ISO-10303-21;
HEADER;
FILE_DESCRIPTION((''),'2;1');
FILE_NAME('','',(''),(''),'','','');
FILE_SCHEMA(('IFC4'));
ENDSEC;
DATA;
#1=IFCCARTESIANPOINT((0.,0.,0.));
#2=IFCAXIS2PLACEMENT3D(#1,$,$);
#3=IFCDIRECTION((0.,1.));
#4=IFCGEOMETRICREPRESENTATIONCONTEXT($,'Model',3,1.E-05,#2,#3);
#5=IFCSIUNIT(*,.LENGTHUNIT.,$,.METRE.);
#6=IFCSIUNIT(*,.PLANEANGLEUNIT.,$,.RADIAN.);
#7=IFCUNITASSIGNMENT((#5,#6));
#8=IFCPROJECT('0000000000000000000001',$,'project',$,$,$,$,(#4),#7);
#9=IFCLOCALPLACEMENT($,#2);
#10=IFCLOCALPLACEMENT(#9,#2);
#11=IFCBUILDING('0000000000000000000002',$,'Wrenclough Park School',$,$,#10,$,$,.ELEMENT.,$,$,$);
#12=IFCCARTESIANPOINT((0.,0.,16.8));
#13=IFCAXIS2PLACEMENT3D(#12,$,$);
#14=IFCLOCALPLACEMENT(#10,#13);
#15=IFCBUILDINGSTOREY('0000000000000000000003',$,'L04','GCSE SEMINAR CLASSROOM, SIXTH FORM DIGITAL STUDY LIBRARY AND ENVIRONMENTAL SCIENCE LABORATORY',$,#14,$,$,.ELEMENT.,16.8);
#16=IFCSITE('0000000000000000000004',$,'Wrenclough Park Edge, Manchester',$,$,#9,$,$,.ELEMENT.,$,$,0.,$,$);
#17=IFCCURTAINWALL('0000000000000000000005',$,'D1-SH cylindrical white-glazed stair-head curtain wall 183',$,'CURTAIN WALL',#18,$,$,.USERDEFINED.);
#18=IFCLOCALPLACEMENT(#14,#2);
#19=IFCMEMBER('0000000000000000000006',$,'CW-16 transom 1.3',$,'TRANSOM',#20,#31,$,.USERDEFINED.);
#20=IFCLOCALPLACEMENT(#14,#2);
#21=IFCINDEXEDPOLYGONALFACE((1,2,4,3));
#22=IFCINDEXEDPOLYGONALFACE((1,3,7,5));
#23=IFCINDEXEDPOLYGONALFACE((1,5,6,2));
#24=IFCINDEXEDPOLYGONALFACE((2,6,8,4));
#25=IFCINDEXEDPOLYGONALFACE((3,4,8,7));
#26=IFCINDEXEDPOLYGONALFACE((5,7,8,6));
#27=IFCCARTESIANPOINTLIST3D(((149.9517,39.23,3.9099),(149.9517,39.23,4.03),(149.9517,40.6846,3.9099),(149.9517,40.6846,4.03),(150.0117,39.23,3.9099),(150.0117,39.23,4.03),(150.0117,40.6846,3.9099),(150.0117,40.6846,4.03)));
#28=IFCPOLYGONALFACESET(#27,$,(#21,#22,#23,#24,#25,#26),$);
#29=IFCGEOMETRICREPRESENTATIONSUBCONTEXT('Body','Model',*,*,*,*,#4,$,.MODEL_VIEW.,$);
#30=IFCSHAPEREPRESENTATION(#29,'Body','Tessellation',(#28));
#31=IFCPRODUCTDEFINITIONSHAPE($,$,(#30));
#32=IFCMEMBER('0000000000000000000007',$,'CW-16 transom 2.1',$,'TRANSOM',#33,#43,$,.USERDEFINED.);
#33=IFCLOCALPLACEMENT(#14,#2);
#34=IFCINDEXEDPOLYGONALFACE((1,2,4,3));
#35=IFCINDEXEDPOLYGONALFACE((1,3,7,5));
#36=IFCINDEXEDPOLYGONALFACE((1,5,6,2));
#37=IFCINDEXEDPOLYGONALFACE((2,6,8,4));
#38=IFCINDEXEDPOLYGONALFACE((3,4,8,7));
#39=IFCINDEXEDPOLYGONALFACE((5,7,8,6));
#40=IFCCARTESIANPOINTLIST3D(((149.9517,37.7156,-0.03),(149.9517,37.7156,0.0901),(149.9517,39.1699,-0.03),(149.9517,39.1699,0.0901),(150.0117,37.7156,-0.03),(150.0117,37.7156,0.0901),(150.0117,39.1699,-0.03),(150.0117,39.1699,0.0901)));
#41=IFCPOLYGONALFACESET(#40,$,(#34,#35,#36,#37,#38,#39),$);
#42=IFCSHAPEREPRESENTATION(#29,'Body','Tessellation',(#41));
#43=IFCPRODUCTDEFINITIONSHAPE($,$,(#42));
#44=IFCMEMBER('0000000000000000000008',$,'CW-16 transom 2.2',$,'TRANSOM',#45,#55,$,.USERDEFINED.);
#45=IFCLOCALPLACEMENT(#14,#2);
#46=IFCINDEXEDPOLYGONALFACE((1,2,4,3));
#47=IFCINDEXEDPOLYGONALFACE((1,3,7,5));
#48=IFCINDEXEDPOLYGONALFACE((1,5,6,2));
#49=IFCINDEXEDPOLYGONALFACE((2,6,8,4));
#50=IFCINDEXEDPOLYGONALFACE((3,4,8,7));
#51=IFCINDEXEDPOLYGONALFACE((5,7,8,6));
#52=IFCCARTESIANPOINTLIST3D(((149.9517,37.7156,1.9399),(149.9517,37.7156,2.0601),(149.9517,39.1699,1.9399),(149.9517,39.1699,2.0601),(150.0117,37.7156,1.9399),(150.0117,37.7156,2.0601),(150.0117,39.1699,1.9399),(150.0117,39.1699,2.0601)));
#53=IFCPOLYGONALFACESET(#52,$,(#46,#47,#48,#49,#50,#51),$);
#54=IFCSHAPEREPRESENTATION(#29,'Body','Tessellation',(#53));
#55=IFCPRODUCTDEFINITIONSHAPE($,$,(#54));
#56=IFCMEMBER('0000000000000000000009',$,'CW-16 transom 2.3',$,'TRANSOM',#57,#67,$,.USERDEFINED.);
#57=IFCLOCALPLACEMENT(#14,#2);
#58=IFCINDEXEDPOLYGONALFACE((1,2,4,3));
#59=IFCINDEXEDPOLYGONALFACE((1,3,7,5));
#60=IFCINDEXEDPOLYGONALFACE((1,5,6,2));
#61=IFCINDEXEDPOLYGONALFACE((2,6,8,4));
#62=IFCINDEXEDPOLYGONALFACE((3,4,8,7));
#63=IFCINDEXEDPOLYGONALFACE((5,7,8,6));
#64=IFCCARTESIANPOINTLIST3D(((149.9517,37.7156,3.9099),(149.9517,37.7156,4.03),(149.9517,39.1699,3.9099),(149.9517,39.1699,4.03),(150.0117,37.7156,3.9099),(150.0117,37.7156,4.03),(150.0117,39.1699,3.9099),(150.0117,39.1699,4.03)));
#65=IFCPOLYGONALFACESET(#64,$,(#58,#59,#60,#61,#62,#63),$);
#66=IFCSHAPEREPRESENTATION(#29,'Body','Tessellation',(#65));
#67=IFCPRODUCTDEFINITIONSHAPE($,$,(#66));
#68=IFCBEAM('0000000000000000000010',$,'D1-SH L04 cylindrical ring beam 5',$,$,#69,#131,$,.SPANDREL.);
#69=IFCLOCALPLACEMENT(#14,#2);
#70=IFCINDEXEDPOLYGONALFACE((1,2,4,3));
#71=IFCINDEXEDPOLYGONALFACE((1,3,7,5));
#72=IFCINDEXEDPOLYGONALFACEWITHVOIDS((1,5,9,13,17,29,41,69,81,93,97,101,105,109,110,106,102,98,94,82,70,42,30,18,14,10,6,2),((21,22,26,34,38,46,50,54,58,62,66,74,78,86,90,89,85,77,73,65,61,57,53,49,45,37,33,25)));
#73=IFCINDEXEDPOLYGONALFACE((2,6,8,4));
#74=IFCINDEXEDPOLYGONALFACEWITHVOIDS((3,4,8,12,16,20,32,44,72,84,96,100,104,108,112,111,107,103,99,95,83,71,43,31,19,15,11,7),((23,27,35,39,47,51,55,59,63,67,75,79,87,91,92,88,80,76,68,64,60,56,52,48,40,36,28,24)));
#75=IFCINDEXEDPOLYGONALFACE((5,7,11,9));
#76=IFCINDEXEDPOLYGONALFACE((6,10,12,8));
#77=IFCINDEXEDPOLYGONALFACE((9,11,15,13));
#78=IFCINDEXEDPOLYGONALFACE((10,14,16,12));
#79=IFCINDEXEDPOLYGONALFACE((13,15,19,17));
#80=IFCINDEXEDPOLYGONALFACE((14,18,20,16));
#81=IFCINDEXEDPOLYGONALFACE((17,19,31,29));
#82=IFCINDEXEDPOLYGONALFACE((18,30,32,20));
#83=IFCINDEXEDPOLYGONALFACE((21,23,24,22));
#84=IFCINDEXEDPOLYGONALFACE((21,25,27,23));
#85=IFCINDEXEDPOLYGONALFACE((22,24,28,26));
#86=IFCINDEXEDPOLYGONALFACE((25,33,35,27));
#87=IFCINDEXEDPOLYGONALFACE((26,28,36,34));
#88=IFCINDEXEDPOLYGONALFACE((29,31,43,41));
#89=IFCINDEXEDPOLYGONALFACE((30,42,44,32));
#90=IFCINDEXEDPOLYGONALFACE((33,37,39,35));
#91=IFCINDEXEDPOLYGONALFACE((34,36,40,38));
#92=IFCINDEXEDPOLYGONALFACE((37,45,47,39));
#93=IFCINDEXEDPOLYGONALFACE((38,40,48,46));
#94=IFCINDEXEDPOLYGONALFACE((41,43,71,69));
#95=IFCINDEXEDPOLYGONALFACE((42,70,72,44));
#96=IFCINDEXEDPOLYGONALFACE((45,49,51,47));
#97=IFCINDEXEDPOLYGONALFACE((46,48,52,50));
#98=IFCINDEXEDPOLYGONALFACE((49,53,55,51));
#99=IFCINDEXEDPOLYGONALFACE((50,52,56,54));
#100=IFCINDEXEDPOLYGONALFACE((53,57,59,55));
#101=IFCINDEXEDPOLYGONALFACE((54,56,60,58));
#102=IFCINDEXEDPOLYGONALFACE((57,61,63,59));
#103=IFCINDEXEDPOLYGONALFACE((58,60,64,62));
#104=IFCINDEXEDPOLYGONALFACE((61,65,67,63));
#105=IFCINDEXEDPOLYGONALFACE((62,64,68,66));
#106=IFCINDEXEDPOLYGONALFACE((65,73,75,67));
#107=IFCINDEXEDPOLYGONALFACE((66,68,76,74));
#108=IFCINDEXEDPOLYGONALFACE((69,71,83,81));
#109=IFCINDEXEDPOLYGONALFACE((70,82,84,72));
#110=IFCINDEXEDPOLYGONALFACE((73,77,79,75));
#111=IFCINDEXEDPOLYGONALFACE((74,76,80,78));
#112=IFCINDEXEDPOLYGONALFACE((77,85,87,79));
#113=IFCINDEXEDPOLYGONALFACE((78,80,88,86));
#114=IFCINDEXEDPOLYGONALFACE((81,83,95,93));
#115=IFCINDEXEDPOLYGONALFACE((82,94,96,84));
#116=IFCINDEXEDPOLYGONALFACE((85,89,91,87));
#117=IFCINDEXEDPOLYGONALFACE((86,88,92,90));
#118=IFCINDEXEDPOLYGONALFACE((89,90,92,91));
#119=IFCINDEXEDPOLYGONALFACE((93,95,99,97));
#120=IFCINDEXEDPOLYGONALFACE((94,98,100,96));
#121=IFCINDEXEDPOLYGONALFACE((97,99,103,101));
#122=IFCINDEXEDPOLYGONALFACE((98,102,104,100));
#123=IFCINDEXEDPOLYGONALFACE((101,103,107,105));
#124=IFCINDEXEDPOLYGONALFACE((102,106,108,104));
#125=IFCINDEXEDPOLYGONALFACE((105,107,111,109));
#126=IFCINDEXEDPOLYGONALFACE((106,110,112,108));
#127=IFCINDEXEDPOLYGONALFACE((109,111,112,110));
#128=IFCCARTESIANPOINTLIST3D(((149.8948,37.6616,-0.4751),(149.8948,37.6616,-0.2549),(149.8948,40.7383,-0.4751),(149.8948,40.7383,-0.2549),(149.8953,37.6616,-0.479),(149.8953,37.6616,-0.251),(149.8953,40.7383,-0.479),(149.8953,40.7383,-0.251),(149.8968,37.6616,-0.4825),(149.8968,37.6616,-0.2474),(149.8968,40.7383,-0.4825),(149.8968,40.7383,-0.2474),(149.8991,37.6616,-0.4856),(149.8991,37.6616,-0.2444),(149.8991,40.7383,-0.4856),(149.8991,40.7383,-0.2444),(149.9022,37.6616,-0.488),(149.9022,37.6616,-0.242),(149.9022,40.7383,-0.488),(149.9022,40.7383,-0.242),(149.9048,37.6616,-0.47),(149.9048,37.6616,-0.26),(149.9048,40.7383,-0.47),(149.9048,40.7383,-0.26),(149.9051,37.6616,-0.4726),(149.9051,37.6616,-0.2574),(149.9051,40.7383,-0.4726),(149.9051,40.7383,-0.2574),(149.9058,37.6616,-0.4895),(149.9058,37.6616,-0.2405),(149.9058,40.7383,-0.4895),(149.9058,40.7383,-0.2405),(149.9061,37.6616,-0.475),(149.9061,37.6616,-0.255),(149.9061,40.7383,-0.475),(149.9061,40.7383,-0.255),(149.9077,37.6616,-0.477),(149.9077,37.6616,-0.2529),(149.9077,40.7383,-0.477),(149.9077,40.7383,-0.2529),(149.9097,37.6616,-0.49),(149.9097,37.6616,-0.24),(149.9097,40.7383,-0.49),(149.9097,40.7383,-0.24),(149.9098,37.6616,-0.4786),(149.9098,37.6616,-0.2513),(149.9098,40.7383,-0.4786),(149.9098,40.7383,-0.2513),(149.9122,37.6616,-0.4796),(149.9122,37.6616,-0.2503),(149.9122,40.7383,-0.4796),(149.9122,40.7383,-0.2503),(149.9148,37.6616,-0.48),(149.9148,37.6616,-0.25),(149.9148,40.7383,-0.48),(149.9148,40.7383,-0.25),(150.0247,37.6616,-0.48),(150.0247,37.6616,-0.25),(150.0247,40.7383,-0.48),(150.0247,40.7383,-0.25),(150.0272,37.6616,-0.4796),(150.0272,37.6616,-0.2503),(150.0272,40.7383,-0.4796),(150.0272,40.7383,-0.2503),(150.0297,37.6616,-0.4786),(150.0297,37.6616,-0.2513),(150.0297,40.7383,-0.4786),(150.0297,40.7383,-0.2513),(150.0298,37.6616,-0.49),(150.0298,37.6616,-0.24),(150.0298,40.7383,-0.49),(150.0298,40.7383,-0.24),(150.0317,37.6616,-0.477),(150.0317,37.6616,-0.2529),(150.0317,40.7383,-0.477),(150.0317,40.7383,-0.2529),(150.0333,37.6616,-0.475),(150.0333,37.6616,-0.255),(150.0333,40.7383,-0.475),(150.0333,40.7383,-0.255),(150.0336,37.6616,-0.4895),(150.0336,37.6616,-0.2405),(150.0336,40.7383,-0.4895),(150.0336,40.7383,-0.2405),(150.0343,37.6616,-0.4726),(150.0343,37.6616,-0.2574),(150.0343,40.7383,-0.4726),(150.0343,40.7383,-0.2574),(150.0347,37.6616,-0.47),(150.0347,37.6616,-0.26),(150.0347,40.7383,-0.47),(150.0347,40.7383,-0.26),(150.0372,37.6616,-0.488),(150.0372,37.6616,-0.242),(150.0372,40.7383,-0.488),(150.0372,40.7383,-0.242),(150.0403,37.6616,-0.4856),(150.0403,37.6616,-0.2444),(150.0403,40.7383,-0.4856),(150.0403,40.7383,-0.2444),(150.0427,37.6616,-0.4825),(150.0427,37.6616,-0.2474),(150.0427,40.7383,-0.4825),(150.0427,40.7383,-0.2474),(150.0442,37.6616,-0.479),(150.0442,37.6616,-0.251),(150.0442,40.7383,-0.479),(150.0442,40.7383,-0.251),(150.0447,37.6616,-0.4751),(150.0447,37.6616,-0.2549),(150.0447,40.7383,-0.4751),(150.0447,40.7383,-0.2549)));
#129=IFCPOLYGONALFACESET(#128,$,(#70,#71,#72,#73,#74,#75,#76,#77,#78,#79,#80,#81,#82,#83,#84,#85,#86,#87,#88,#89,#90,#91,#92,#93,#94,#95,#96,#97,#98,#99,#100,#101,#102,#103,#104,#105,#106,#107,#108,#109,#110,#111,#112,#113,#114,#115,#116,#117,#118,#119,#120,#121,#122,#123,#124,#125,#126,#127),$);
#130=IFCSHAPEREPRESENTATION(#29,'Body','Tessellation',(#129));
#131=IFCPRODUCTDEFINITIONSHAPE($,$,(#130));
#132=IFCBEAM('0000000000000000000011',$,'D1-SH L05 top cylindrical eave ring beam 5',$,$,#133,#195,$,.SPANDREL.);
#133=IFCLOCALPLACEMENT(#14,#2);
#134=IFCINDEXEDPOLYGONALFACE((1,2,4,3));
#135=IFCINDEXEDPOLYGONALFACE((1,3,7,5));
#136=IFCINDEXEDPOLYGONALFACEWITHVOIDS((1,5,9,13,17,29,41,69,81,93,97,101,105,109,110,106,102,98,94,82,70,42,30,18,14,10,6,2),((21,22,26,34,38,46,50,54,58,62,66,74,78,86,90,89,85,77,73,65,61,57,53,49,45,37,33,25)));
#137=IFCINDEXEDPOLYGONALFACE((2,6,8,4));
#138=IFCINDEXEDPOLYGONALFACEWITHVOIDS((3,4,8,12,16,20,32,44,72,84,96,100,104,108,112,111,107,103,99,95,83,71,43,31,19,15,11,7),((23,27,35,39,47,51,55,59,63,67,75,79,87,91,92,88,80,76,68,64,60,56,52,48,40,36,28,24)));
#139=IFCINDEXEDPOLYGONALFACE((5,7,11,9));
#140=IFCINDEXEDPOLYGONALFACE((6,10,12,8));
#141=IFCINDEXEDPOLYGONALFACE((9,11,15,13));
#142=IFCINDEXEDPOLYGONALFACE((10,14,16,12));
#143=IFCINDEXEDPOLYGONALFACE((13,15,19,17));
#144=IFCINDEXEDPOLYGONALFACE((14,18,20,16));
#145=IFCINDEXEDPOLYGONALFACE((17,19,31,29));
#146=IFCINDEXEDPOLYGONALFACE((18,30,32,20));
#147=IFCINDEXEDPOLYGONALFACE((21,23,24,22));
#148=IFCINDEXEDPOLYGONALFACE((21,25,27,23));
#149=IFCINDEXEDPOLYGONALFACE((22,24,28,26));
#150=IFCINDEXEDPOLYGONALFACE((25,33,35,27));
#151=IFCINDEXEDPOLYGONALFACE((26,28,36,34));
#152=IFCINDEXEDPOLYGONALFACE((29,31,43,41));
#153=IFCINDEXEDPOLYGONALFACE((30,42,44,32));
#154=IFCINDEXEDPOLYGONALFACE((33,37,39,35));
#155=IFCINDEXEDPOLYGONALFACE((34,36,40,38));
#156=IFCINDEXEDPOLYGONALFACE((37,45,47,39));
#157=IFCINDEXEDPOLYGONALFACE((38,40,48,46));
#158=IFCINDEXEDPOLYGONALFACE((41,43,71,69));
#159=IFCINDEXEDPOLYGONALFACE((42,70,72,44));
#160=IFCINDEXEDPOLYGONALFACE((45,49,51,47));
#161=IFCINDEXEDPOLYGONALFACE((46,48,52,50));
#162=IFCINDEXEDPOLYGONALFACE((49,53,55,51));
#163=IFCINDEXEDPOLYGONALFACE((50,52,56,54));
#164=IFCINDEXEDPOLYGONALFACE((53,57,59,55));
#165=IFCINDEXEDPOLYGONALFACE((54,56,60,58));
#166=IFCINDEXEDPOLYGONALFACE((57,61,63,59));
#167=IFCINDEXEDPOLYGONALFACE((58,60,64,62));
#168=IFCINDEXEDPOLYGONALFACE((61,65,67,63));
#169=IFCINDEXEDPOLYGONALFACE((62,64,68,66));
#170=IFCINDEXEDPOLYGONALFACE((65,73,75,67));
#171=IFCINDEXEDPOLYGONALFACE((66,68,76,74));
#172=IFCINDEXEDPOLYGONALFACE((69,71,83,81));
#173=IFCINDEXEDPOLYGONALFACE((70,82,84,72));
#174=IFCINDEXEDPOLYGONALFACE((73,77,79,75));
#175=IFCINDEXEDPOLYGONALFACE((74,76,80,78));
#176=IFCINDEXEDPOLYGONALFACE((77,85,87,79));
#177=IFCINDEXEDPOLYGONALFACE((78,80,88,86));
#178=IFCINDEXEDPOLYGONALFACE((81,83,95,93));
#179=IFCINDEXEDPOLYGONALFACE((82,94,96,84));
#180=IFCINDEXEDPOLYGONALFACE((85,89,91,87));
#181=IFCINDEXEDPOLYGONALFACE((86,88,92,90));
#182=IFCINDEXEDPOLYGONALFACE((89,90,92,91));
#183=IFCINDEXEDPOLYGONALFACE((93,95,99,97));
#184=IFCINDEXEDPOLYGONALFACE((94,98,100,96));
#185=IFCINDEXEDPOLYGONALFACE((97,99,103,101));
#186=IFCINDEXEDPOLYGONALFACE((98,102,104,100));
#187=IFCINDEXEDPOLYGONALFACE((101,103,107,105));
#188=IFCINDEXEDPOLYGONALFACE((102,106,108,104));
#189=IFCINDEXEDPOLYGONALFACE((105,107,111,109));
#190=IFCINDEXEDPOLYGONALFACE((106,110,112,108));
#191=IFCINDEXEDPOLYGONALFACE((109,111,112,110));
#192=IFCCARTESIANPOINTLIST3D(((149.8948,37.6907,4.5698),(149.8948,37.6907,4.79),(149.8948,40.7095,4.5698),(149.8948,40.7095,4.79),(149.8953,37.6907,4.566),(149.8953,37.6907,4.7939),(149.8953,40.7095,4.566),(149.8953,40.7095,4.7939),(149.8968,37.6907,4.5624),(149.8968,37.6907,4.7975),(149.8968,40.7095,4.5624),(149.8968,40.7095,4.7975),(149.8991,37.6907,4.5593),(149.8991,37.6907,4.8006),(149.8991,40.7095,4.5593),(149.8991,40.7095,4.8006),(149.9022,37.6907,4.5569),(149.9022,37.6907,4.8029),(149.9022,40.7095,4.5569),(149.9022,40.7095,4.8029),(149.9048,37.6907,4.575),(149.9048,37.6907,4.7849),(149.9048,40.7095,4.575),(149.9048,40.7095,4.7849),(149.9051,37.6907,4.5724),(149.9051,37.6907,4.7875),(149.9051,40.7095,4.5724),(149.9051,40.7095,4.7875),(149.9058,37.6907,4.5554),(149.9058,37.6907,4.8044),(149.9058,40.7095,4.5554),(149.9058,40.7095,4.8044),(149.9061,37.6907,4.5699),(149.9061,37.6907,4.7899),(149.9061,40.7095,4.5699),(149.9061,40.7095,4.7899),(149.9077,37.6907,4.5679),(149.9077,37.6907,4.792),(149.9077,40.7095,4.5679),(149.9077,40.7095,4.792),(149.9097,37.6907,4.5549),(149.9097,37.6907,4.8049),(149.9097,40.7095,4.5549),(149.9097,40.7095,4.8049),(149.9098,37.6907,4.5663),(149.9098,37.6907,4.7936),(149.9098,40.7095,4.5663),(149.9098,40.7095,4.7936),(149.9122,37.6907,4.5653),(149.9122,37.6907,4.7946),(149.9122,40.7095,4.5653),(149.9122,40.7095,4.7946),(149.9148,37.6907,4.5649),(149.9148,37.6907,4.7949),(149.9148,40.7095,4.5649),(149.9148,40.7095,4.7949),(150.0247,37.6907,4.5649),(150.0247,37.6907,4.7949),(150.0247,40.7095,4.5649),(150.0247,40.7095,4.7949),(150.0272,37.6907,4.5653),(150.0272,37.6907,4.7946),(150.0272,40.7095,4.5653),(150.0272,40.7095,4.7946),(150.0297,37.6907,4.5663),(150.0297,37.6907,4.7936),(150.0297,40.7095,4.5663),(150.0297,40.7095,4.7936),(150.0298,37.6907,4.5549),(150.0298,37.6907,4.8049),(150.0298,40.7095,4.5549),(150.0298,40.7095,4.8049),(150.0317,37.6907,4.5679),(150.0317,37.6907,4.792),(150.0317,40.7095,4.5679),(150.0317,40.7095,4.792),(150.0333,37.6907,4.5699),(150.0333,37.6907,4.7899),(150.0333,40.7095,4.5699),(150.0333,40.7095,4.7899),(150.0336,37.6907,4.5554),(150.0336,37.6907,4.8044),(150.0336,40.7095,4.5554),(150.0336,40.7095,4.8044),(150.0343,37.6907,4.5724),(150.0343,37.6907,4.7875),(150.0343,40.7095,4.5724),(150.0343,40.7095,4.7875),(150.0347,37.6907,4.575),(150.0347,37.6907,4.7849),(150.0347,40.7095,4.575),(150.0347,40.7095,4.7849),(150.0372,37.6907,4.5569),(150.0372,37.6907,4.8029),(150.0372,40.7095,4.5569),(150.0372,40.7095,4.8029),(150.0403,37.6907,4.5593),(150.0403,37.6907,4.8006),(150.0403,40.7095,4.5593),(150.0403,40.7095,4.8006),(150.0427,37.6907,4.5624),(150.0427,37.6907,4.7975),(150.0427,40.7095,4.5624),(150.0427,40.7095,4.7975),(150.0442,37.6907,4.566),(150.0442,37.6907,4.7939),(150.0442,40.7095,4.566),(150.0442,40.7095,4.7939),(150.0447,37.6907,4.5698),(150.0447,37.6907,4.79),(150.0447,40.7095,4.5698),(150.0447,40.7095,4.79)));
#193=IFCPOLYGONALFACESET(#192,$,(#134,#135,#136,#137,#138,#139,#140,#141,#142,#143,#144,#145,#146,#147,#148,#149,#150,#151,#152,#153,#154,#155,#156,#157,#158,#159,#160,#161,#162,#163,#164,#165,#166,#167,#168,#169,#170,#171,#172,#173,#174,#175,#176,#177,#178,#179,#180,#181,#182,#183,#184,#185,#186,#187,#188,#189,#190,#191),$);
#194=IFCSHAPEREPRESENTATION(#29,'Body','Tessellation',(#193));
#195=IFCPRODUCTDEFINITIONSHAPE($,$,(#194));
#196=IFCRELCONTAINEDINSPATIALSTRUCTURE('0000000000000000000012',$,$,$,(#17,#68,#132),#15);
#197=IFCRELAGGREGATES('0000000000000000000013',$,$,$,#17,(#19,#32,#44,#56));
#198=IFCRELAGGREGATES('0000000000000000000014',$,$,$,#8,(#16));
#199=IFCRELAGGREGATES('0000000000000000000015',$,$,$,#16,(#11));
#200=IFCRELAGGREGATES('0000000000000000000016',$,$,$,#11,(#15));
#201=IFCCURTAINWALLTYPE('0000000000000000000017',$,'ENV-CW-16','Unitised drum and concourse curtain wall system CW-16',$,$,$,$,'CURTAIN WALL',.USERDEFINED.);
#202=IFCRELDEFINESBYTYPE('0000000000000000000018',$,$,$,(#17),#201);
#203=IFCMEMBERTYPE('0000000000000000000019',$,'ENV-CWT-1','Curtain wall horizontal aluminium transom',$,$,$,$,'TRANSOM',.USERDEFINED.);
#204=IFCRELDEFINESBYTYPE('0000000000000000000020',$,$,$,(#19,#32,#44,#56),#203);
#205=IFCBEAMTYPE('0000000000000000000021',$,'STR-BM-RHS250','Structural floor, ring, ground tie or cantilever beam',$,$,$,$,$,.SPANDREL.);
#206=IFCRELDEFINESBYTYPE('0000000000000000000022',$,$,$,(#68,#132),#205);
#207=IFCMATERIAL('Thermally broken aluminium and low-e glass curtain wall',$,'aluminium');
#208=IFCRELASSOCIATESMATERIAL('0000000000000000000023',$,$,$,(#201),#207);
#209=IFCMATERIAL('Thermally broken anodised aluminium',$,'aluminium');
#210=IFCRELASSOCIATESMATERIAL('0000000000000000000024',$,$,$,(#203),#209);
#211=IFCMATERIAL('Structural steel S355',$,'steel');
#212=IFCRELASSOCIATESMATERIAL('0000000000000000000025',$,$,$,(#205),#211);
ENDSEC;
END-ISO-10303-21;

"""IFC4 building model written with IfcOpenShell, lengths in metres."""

from ifc_helpers import new_model, si_unit, direction, frame, origin, origin_2d, place, context, subcontext, project, spatial, rectangle, hollow_rectangle, extrude, material, material_profile, profile_set, type_object, element, aggregate, save


model = new_model("IFC4")

# Units and contexts
model_context = context("Model", 3, precision=1e-05, world=origin(), true_north=direction((0.0, 1.0)))
body_context = subcontext(model_context, "Body", "Model", "MODEL_VIEW")
ifc_project = project(units=[si_unit("LENGTHUNIT", "METRE"), si_unit("PLANEANGLEUNIT", "RADIAN")], contexts=[model_context])

# Site, building, storey
site_placement = place(None, origin())
site = spatial("IfcSite", under=ifc_project, at=site_placement, Name="Wrenclough Park Edge, Manchester", CompositionType="ELEMENT", RefElevation=0.0)
building_placement = place(site_placement, origin())
building = spatial("IfcBuilding", under=site, at=building_placement, Name="Wrenclough Park School", CompositionType="ELEMENT")
storey_placement = place(building_placement, frame((0.0, 0.0, 16.8)))
storey = spatial("IfcBuildingStorey", under=building, at=storey_placement, Name="L04", Description="GCSE SEMINAR CLASSROOM, SIXTH FORM DIGITAL STUDY LIBRARY AND ENVIRONMENTAL SCIENCE LABORATORY", CompositionType="ELEMENT", Elevation=16.8)

# Shared definitions
ifc_material_1 = material(Name="Structural steel S355", Category="steel")

# Curtain wall
ifc_material_2 = material(Name="Thermally broken aluminium and low-e glass curtain wall", Category="aluminium")
curtain_wall_type = type_object("IfcCurtainWallType", Name="ENV-CW-16", Description="Unitised drum and concourse curtain wall system CW-16", ElementType="CURTAIN WALL", PredefinedType="USERDEFINED", material=ifc_material_2)
ifc_material_3 = material(Name="Thermally broken anodised aluminium", Category="aluminium")
curtain_wall_1_placement = place(storey_placement, origin())
curtain_wall_1 = element("IfcCurtainWall", 1, at=curtain_wall_1_placement, inside=storey, type_object=curtain_wall_type, Name="D1-SH cylindrical white-glazed stair-head curtain wall 183", ObjectType="CURTAIN WALL", PredefinedType="USERDEFINED")

# Members
ifc_material_profile_1 = material_profile(ifc_material_3, rectangle(XDim=0.0601, YDim=0.1201, at=origin_2d()), Name="AL TRANSOM 60x120")
ifc_profile_set_1 = profile_set([ifc_material_profile_1], Name="Thermally broken anodised aluminium")
member_type_1 = type_object("IfcMemberType", Name="ENV-CWT-1", Description="Curtain wall horizontal aluminium transom", ElementType="TRANSOM", PredefinedType="USERDEFINED", material=ifc_profile_set_1)
member_1_placement = place(storey_placement, frame((149.9817, 40.6846, 3.97), z_axis=(0.0, -1.0, 0.0), x_axis=(1.0, 0.0, 0.0)))
member_1 = element("IfcMember", 2, at=member_1_placement, type_object=member_type_1, Name="CW-16 transom 1.3", ObjectType="TRANSOM", PredefinedType="USERDEFINED", context=body_context, shape_type="SweptSolid", body=[
    extrude(rectangle(XDim=0.0601, YDim=0.1201, at=origin_2d()), origin(), (0.0, 0.0, 1.0), 1.4546),
])
member_2_placement = place(storey_placement, frame((149.9817, 39.1699, 0.03), z_axis=(0.0, -1.0, 0.0), x_axis=(1.0, 0.0, 0.0)))
member_2 = element("IfcMember", 3, at=member_2_placement, type_object=member_type_1, Name="CW-16 transom 2.1", ObjectType="TRANSOM", PredefinedType="USERDEFINED", context=body_context, shape_type="SweptSolid", body=[
    extrude(rectangle(XDim=0.0601, YDim=0.1201, at=origin_2d()), origin(), (0.0, 0.0, 1.0), 1.4543),
])
member_3_placement = place(storey_placement, frame((149.9817, 39.1699, 2.0), z_axis=(0.0, -1.0, 0.0), x_axis=(1.0, 0.0, 0.0)))
member_3 = element("IfcMember", 4, at=member_3_placement, type_object=member_type_1, Name="CW-16 transom 2.2", ObjectType="TRANSOM", PredefinedType="USERDEFINED", context=body_context, shape_type="SweptSolid", body=[
    extrude(rectangle(XDim=0.0601, YDim=0.1201, at=origin_2d()), origin(), (0.0, 0.0, 1.0), 1.4543),
])
member_4_placement = place(storey_placement, frame((149.9817, 39.1699, 3.97), z_axis=(0.0, -1.0, 0.0), x_axis=(1.0, 0.0, 0.0)))
member_4 = element("IfcMember", 5, at=member_4_placement, type_object=member_type_1, Name="CW-16 transom 2.3", ObjectType="TRANSOM", PredefinedType="USERDEFINED", context=body_context, shape_type="SweptSolid", body=[
    extrude(rectangle(XDim=0.0601, YDim=0.1201, at=origin_2d()), origin(), (0.0, 0.0, 1.0), 1.4543),
])

# Beams
ifc_material_profile_2 = material_profile(ifc_material_1, hollow_rectangle(XDim=0.1499, YDim=0.25, WallThickness=0.01, InnerFilletRadius=0.01, OuterFilletRadius=0.0149, at=origin_2d()), Name="RHS 250x150x10.0")
ifc_profile_set_2 = profile_set([ifc_material_profile_2], Name="Structural steel S355")
beam_type = type_object("IfcBeamType", Name="STR-BM-RHS250", Description="Structural floor, ring, ground tie or cantilever beam", PredefinedType="SPANDREL", material=ifc_profile_set_2)
beam_1_placement = place(storey_placement, frame((149.9697, 40.7383, -0.365), z_axis=(0.0, -1.0, 0.0), x_axis=(1.0, 0.0, 0.0)))
element("IfcBeam", 6, at=beam_1_placement, inside=storey, type_object=beam_type, Name="D1-SH L04 cylindrical ring beam 5", PredefinedType="SPANDREL", context=body_context, shape_type="SweptSolid", body=[
    extrude(hollow_rectangle(XDim=0.1499, YDim=0.25, WallThickness=0.01, InnerFilletRadius=0.01, OuterFilletRadius=0.0149, at=origin_2d()), origin(), (0.0, 0.0, 1.0), 3.0767),
])
beam_2_placement = place(storey_placement, frame((149.9697, 40.7095, 4.6799), z_axis=(0.0, -1.0, 0.0), x_axis=(1.0, 0.0, 0.0)))
element("IfcBeam", 7, at=beam_2_placement, inside=storey, type_object=beam_type, Name="D1-SH L05 top cylindrical eave ring beam 5", PredefinedType="SPANDREL", context=body_context, shape_type="SweptSolid", body=[
    extrude(hollow_rectangle(XDim=0.1499, YDim=0.25, WallThickness=0.01, InnerFilletRadius=0.01, OuterFilletRadius=0.0149, at=origin_2d()), origin(), (0.0, 0.0, 1.0), 3.0188),
])

aggregate(curtain_wall_1, [member_1, member_2, member_3, member_4])

save(model, "model.ifc")
